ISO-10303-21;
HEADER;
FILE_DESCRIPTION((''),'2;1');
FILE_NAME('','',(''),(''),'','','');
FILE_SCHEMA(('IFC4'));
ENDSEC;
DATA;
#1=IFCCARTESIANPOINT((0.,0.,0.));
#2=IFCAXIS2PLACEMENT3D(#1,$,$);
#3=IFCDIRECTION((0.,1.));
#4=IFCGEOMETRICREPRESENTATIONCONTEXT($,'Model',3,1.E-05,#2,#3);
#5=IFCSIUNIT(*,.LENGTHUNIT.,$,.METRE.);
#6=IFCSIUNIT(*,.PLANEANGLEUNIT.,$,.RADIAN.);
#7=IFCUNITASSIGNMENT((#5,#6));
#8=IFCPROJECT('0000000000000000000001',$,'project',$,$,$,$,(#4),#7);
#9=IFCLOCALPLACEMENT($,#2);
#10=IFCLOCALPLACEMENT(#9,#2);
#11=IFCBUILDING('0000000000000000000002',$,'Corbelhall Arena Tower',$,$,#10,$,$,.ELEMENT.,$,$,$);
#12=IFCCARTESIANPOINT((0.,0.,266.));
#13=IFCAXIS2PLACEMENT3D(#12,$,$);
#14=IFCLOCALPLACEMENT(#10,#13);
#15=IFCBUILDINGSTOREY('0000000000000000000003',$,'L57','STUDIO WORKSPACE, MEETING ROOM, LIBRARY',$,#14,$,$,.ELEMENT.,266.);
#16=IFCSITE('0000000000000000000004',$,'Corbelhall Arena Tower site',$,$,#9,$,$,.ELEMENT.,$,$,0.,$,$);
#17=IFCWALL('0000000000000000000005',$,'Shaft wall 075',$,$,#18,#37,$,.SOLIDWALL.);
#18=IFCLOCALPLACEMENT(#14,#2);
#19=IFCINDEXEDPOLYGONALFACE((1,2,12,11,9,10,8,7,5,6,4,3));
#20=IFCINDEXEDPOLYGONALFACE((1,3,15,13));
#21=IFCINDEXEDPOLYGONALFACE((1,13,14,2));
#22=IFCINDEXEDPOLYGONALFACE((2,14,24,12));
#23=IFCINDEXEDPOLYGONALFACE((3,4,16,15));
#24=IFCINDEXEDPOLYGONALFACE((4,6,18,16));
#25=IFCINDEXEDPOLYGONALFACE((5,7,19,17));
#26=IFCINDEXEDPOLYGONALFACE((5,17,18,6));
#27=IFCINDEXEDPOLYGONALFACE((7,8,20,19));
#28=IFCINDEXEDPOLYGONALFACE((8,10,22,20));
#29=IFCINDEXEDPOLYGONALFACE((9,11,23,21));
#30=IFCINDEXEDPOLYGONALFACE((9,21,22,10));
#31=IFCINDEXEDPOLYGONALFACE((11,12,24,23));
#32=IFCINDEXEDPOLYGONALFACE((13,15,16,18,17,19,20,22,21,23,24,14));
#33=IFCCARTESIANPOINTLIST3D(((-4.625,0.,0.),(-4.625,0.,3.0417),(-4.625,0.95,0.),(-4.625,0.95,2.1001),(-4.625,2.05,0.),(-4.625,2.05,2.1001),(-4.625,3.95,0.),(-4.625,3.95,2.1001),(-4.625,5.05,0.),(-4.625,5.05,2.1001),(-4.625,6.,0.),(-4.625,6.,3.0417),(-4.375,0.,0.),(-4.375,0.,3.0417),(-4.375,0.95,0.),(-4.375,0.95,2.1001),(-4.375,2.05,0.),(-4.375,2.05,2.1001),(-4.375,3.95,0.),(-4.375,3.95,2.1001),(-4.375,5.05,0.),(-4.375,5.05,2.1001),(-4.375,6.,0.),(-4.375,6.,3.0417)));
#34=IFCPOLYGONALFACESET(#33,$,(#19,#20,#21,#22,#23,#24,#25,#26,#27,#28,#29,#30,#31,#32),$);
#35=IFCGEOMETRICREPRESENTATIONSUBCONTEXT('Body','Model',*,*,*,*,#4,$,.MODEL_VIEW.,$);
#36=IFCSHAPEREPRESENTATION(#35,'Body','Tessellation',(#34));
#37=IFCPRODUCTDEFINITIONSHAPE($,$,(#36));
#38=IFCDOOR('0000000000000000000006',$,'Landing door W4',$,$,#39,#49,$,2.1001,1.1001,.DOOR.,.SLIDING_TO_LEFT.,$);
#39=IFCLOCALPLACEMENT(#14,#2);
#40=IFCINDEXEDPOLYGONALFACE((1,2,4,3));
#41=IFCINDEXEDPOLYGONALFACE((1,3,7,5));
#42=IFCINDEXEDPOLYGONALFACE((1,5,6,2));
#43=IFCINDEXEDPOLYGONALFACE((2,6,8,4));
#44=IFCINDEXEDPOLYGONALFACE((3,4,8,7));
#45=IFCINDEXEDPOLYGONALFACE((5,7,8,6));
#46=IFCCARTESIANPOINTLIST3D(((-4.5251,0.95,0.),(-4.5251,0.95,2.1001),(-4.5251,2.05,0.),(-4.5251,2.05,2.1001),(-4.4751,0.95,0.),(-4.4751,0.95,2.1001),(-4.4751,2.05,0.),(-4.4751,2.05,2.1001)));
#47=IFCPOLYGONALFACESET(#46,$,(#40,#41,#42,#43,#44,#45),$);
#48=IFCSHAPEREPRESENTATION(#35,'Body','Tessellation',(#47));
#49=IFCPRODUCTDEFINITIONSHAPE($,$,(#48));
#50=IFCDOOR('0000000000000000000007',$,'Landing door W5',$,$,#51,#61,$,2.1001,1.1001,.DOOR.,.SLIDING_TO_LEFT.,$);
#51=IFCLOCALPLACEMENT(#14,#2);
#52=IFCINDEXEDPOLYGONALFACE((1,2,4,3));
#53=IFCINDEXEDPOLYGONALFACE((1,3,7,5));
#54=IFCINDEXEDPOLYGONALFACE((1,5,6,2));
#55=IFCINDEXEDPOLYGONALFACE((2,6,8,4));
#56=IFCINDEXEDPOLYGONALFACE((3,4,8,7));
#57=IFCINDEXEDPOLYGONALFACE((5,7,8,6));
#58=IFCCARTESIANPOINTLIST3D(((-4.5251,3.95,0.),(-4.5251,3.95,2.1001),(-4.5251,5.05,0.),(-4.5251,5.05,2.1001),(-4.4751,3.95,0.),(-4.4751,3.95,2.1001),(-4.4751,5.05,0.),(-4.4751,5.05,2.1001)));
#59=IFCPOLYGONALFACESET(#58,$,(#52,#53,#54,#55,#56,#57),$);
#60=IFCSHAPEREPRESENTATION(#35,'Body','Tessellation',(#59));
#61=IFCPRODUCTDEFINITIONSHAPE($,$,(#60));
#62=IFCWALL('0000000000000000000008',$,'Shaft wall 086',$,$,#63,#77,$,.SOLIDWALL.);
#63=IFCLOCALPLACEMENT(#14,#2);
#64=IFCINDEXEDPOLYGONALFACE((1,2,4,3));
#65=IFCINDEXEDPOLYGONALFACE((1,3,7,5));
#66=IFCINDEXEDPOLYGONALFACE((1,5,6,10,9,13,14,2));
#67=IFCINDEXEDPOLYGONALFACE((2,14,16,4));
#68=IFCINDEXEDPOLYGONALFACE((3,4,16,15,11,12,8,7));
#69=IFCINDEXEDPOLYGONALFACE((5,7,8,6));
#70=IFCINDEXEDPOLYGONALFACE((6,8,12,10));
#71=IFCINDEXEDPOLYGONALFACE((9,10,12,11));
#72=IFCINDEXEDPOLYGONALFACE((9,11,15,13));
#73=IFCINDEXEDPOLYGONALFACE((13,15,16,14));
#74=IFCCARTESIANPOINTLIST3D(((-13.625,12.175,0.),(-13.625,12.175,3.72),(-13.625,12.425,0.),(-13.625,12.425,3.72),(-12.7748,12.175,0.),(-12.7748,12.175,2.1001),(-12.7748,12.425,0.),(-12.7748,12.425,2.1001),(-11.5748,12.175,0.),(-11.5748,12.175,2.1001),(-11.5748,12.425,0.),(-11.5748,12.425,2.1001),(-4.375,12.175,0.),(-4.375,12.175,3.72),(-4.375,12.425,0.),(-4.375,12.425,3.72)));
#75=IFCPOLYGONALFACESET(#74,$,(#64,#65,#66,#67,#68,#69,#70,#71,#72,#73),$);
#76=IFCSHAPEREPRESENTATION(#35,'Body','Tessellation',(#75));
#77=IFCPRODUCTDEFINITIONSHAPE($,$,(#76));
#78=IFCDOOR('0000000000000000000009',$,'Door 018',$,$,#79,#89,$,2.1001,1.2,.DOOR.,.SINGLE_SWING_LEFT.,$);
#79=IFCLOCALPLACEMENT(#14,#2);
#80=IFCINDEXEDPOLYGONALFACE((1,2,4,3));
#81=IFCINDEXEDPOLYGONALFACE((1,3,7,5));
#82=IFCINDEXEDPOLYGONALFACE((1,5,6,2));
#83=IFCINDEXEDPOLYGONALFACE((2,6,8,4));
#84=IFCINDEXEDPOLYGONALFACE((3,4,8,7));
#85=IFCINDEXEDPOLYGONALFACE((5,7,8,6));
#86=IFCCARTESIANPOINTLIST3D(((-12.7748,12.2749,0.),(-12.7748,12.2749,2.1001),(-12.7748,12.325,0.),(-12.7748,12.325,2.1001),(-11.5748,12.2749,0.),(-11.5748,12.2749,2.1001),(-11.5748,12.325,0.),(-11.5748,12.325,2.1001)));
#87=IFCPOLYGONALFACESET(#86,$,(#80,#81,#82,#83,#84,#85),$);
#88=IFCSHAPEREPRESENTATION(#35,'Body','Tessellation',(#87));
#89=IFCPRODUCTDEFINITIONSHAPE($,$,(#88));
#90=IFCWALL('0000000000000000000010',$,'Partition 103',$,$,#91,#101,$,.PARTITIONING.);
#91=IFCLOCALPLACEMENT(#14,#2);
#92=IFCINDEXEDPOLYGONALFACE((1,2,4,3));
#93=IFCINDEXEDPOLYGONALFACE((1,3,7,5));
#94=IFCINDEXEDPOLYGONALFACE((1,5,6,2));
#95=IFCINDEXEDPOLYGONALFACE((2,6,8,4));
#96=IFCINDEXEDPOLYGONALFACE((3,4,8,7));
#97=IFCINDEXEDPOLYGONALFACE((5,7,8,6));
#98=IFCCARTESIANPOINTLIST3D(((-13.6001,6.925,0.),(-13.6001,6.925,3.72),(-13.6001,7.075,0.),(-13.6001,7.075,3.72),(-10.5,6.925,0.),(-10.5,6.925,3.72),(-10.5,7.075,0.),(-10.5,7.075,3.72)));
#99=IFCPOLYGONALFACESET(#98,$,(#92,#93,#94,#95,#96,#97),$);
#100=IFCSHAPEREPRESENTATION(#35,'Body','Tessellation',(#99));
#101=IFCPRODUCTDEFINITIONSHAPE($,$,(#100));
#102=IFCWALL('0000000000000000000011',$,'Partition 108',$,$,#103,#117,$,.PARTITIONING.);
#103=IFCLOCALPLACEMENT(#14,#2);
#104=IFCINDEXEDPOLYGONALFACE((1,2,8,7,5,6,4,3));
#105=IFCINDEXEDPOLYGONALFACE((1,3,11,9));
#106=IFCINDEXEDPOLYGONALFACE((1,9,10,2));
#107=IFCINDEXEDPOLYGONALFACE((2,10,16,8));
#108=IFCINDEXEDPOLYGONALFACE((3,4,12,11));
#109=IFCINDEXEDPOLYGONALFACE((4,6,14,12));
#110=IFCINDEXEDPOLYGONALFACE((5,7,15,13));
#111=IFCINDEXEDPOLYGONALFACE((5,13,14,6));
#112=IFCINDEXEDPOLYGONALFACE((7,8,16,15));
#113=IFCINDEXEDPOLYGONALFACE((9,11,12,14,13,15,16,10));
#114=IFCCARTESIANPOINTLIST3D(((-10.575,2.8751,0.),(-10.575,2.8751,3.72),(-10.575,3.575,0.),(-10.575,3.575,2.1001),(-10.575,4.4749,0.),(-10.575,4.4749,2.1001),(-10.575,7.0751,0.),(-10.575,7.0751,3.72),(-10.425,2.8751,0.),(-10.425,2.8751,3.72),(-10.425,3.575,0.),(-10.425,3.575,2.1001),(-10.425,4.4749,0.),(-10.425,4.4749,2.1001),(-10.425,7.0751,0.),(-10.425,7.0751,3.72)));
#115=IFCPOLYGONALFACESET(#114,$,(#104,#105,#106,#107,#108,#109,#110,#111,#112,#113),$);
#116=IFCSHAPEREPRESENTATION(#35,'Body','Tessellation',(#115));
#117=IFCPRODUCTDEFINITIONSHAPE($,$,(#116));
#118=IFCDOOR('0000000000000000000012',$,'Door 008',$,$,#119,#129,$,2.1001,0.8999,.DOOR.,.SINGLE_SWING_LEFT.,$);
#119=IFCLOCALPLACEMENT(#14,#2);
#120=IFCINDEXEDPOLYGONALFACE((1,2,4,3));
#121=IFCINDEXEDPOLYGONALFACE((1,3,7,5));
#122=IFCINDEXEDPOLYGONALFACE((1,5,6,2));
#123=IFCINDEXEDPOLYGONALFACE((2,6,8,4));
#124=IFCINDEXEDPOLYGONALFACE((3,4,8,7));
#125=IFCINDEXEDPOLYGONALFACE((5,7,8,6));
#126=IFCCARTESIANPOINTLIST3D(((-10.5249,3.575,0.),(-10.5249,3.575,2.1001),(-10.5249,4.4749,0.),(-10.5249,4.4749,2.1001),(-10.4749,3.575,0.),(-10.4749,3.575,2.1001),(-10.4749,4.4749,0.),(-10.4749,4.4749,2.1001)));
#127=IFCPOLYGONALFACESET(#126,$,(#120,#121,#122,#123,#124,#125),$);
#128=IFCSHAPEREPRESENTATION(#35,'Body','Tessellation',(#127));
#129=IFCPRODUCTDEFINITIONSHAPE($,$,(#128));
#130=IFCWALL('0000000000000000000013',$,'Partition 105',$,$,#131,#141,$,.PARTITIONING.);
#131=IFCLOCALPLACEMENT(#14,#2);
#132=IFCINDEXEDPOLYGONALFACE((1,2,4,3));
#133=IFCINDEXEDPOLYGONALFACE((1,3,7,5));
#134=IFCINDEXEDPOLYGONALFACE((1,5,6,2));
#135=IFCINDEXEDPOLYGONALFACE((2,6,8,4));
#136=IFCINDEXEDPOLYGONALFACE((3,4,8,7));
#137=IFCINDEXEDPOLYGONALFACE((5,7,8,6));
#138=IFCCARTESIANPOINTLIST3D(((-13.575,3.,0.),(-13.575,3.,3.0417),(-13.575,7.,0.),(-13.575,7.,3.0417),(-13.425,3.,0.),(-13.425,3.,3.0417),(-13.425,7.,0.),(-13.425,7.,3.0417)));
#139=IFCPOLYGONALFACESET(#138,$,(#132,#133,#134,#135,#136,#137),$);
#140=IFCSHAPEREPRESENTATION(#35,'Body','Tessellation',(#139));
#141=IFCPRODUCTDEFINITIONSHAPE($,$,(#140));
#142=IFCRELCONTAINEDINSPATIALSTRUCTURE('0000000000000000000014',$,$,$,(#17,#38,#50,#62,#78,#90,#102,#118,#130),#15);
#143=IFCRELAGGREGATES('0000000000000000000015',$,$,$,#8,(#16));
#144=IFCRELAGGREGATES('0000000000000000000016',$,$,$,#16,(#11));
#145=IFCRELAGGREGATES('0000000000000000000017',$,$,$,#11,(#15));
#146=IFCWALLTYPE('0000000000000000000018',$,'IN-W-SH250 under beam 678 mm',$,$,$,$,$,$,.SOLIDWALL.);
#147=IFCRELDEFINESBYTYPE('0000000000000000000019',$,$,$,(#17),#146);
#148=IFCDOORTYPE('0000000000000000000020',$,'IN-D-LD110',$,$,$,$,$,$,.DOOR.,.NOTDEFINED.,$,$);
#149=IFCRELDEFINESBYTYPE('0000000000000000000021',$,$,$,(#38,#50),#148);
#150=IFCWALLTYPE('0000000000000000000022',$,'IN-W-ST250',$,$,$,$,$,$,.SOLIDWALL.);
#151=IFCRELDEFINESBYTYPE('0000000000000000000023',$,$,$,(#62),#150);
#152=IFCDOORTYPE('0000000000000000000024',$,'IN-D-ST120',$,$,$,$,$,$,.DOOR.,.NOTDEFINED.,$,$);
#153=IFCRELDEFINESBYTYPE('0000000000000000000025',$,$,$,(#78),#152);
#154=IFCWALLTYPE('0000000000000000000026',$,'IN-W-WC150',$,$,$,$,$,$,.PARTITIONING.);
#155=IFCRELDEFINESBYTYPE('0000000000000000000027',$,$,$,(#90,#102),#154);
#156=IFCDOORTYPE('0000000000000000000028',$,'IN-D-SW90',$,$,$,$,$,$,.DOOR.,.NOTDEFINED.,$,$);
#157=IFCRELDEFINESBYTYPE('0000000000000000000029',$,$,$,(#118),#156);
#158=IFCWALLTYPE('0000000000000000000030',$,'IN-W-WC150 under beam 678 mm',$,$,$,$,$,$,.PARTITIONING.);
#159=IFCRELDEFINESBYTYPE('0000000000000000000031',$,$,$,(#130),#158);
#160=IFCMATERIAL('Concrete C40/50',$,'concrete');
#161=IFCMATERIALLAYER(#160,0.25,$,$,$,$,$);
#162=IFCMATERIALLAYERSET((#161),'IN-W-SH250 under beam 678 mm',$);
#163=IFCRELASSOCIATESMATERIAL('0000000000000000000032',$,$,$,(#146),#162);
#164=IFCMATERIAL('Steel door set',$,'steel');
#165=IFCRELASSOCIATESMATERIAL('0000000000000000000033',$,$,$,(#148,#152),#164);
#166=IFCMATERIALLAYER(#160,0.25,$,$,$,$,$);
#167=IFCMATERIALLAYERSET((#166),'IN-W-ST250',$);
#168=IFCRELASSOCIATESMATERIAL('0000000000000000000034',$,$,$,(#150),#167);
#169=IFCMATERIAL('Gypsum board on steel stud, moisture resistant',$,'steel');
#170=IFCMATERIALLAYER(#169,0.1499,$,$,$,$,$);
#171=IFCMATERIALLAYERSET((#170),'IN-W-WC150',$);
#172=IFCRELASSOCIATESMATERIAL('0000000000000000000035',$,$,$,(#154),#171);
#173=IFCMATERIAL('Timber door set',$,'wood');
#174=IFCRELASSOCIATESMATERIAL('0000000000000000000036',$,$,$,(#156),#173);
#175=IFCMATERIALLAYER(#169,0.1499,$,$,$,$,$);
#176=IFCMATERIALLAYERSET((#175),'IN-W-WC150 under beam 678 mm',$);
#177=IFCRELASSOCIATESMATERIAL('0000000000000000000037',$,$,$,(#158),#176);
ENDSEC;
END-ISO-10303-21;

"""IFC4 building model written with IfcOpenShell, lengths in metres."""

from ifc_helpers import new_model, si_unit, direction, frame, frame_2d, origin, place, context, subcontext, project, spatial, rectangle, extrude, material, layer, layer_set, type_object, element, fill, save


model = new_model("IFC4")

# Units and contexts
model_context = context("Model", 3, precision=1e-05, world=origin(), true_north=direction((0.0, 1.0)))
body_context = subcontext(model_context, "Body", "Model", "MODEL_VIEW")
ifc_project = project(units=[si_unit("LENGTHUNIT", "METRE"), si_unit("PLANEANGLEUNIT", "RADIAN")], contexts=[model_context])

# Site, building, storey
site_placement = place(None, origin())
site = spatial("IfcSite", under=ifc_project, at=site_placement, Name="Corbelhall Arena Tower site", CompositionType="ELEMENT", RefElevation=0.0)
building_placement = place(site_placement, origin())
building = spatial("IfcBuilding", under=site, at=building_placement, Name="Corbelhall Arena Tower", CompositionType="ELEMENT")
storey_placement = place(building_placement, frame((0.0, 0.0, 266.0)))
storey = spatial("IfcBuildingStorey", under=building, at=storey_placement, Name="L57", Description="STUDIO WORKSPACE, MEETING ROOM, LIBRARY", CompositionType="ELEMENT", Elevation=266.0)

# Shared definitions
ifc_material_1 = material(Name="Steel door set", Category="steel")

# Shared definitions
ifc_material_2 = material(Name="Concrete C40/50", Category="concrete")

# Wall, openings, doors
ifc_layer_1 = layer(ifc_material_2, 0.25)
ifc_layer_set_1 = layer_set([ifc_layer_1], Name="IN-W-SH250 under beam 678 mm")
wall_type_1 = type_object("IfcWallType", Name="IN-W-SH250 under beam 678 mm", PredefinedType="SOLIDWALL", material=ifc_layer_set_1)
wall_1_placement = place(storey_placement, frame((-4.5, 6.0, 0.0), z_axis=(0.0, 0.0, 1.0), x_axis=(0.0, -1.0, 0.0)))
wall_1 = element("IfcWall", 1, at=wall_1_placement, inside=storey, type_object=wall_type_1, Name="Shaft wall 075", PredefinedType="SOLIDWALL", context=body_context, shape_type="SweptSolid", body=[
    extrude(rectangle(XDim=6.0, YDim=0.25, at=frame_2d((3.0, 0.0))), origin(), (0.0, 0.0, 1.0), 3.0417),
])
opening_1_placement = place(wall_1_placement, frame((3.95, 0.0, 0.0)))
opening_1 = element("IfcOpeningElement", 2, at=opening_1_placement, cuts=wall_1, PredefinedType="OPENING", context=body_context, shape_type="SweptSolid", body=[
    extrude(rectangle(XDim=1.1001, YDim=2.1001, at=frame_2d((0.55, 1.05))), frame((0.0, 0.125, 0.0), z_axis=(0.0, -1.0, 0.0), x_axis=(1.0, 0.0, 0.0)), (0.0, 0.0, 1.0), 0.25),
])
opening_2_placement = place(wall_1_placement, frame((0.95, 0.0, 0.0)))
opening_2 = element("IfcOpeningElement", 3, at=opening_2_placement, cuts=wall_1, PredefinedType="OPENING", context=body_context, shape_type="SweptSolid", body=[
    extrude(rectangle(XDim=1.1001, YDim=2.1001, at=frame_2d((0.55, 1.05))), frame((0.0, 0.125, 0.0), z_axis=(0.0, -1.0, 0.0), x_axis=(1.0, 0.0, 0.0)), (0.0, 0.0, 1.0), 0.25),
])
door_type_1 = type_object("IfcDoorType", Name="IN-D-LD110", OperationType="NOTDEFINED", PredefinedType="DOOR", material=ifc_material_1)
door_1_placement = place(opening_1_placement, origin())
door_1 = element("IfcDoor", 4, at=door_1_placement, inside=storey, type_object=door_type_1, Name="Landing door W4", OperationType="SLIDING_TO_LEFT", OverallHeight=2.1001, OverallWidth=1.1001, PredefinedType="DOOR", context=body_context, shape_type="SweptSolid", body=[
    extrude(rectangle(XDim=1.1001, YDim=2.1001, at=frame_2d((0.55, 1.05))), frame((0.0, 0.0249, 0.0), z_axis=(0.0, -1.0, 0.0), x_axis=(1.0, 0.0, 0.0)), (0.0, 0.0, 1.0), 0.05),
])
fill(opening_1, door_1)
door_2_placement = place(opening_2_placement, origin())
door_2 = element("IfcDoor", 5, at=door_2_placement, inside=storey, type_object=door_type_1, Name="Landing door W5", OperationType="SLIDING_TO_LEFT", OverallHeight=2.1001, OverallWidth=1.1001, PredefinedType="DOOR", context=body_context, shape_type="SweptSolid", body=[
    extrude(rectangle(XDim=1.1001, YDim=2.1001, at=frame_2d((0.55, 1.05))), frame((0.0, 0.0249, 0.0), z_axis=(0.0, -1.0, 0.0), x_axis=(1.0, 0.0, 0.0)), (0.0, 0.0, 1.0), 0.05),
])
fill(opening_2, door_2)

# Wall, opening, door
ifc_layer_2 = layer(ifc_material_2, 0.25)
ifc_layer_set_2 = layer_set([ifc_layer_2], Name="IN-W-ST250")
wall_type_2 = type_object("IfcWallType", Name="IN-W-ST250", PredefinedType="SOLIDWALL", material=ifc_layer_set_2)
wall_2_placement = place(storey_placement, frame((-13.625, 12.3, 0.0), z_axis=(0.0, 0.0, 1.0), x_axis=(1.0, 0.0, 0.0)))
wall_2 = element("IfcWall", 6, at=wall_2_placement, inside=storey, type_object=wall_type_2, Name="Shaft wall 086", PredefinedType="SOLIDWALL", context=body_context, shape_type="SweptSolid", body=[
    extrude(rectangle(XDim=9.25, YDim=0.25, at=frame_2d((4.625, 0.0))), origin(), (0.0, 0.0, 1.0), 3.72),
])
opening_3_placement = place(wall_2_placement, frame((0.8501, 0.0, 0.0)))
opening_3 = element("IfcOpeningElement", 7, at=opening_3_placement, cuts=wall_2, PredefinedType="OPENING", context=body_context, shape_type="SweptSolid", body=[
    extrude(rectangle(XDim=1.2, YDim=2.1001, at=frame_2d((0.6001, 1.05))), frame((0.0, 0.125, 0.0), z_axis=(0.0, -1.0, 0.0), x_axis=(1.0, 0.0, 0.0)), (0.0, 0.0, 1.0), 0.25),
])
door_type_2 = type_object("IfcDoorType", Name="IN-D-ST120", OperationType="NOTDEFINED", PredefinedType="DOOR", material=ifc_material_1)
door_3_placement = place(opening_3_placement, origin())
door_3 = element("IfcDoor", 8, at=door_3_placement, inside=storey, type_object=door_type_2, Name="Door 018", OperationType="SINGLE_SWING_LEFT", OverallHeight=2.1001, OverallWidth=1.2, PredefinedType="DOOR", context=body_context, shape_type="SweptSolid", body=[
    extrude(rectangle(XDim=1.2, YDim=2.1001, at=frame_2d((0.6001, 1.05))), frame((0.0, 0.0249, 0.0), z_axis=(0.0, -1.0, 0.0), x_axis=(1.0, 0.0, 0.0)), (0.0, 0.0, 1.0), 0.05),
])
fill(opening_3, door_3)

# Wall
ifc_material_3 = material(Name="Gypsum board on steel stud, moisture resistant", Category="steel")
ifc_layer_3 = layer(ifc_material_3, 0.1499)
ifc_layer_set_3 = layer_set([ifc_layer_3], Name="IN-W-WC150")
wall_type_3 = type_object("IfcWallType", Name="IN-W-WC150", PredefinedType="PARTITIONING", material=ifc_layer_set_3)
wall_3_placement = place(storey_placement, frame((-13.6001, 7.0, 0.0), z_axis=(0.0, 0.0, 1.0), x_axis=(1.0, 0.0, 0.0)))
element("IfcWall", 9, at=wall_3_placement, inside=storey, type_object=wall_type_3, Name="Partition 103", PredefinedType="PARTITIONING", context=body_context, shape_type="SweptSolid", body=[
    extrude(rectangle(XDim=3.1001, YDim=0.1499, at=frame_2d((1.55, 0.0))), origin(), (0.0, 0.0, 1.0), 3.72),
])

# Wall, opening, door
wall_4_placement = place(storey_placement, frame((-10.5, 2.875, 0.0), z_axis=(0.0, 0.0, 1.0), x_axis=(0.0, 1.0, 0.0)))
wall_4 = element("IfcWall", 10, at=wall_4_placement, inside=storey, type_object=wall_type_3, Name="Partition 108", PredefinedType="PARTITIONING", context=body_context, shape_type="SweptSolid", body=[
    extrude(rectangle(XDim=4.2, YDim=0.1499, at=frame_2d((2.1001, 0.0))), origin(), (0.0, 0.0, 1.0), 3.72),
])
opening_4_placement = place(wall_4_placement, frame((0.7, 0.0, 0.0)))
opening_4 = element("IfcOpeningElement", 11, at=opening_4_placement, cuts=wall_4, PredefinedType="OPENING", context=body_context, shape_type="SweptSolid", body=[
    extrude(rectangle(XDim=0.8999, YDim=2.1001, at=frame_2d((0.45, 1.05))), frame((0.0, 0.075, 0.0), z_axis=(0.0, -1.0, 0.0), x_axis=(1.0, 0.0, 0.0)), (0.0, 0.0, 1.0), 0.1499),
])
ifc_material_4 = material(Name="Timber door set", Category="wood")
door_type_3 = type_object("IfcDoorType", Name="IN-D-SW90", OperationType="NOTDEFINED", PredefinedType="DOOR", material=ifc_material_4)
door_4_placement = place(opening_4_placement, origin())
door_4 = element("IfcDoor", 12, at=door_4_placement, inside=storey, type_object=door_type_3, Name="Door 008", OperationType="SINGLE_SWING_LEFT", OverallHeight=2.1001, OverallWidth=0.8999, PredefinedType="DOOR", context=body_context, shape_type="SweptSolid", body=[
    extrude(rectangle(XDim=0.8999, YDim=2.1001, at=frame_2d((0.45, 1.05))), frame((0.0, 0.0249, 0.0), z_axis=(0.0, -1.0, 0.0), x_axis=(1.0, 0.0, 0.0)), (0.0, 0.0, 1.0), 0.05),
])
fill(opening_4, door_4)

# Wall
ifc_layer_4 = layer(ifc_material_3, 0.1499)
ifc_layer_set_4 = layer_set([ifc_layer_4], Name="IN-W-WC150 under beam 678 mm")
wall_type_4 = type_object("IfcWallType", Name="IN-W-WC150 under beam 678 mm", PredefinedType="PARTITIONING", material=ifc_layer_set_4)
wall_5_placement = place(storey_placement, frame((-13.5, 3.0, 0.0), z_axis=(0.0, 0.0, 1.0), x_axis=(0.0, 1.0, 0.0)))
element("IfcWall", 13, at=wall_5_placement, inside=storey, type_object=wall_type_4, Name="Partition 105", PredefinedType="PARTITIONING", context=body_context, shape_type="SweptSolid", body=[
    extrude(rectangle(XDim=4.0, YDim=0.1499, at=frame_2d((2.0, 0.0))), origin(), (0.0, 0.0, 1.0), 3.0417),
])

save(model, "model.ifc")
